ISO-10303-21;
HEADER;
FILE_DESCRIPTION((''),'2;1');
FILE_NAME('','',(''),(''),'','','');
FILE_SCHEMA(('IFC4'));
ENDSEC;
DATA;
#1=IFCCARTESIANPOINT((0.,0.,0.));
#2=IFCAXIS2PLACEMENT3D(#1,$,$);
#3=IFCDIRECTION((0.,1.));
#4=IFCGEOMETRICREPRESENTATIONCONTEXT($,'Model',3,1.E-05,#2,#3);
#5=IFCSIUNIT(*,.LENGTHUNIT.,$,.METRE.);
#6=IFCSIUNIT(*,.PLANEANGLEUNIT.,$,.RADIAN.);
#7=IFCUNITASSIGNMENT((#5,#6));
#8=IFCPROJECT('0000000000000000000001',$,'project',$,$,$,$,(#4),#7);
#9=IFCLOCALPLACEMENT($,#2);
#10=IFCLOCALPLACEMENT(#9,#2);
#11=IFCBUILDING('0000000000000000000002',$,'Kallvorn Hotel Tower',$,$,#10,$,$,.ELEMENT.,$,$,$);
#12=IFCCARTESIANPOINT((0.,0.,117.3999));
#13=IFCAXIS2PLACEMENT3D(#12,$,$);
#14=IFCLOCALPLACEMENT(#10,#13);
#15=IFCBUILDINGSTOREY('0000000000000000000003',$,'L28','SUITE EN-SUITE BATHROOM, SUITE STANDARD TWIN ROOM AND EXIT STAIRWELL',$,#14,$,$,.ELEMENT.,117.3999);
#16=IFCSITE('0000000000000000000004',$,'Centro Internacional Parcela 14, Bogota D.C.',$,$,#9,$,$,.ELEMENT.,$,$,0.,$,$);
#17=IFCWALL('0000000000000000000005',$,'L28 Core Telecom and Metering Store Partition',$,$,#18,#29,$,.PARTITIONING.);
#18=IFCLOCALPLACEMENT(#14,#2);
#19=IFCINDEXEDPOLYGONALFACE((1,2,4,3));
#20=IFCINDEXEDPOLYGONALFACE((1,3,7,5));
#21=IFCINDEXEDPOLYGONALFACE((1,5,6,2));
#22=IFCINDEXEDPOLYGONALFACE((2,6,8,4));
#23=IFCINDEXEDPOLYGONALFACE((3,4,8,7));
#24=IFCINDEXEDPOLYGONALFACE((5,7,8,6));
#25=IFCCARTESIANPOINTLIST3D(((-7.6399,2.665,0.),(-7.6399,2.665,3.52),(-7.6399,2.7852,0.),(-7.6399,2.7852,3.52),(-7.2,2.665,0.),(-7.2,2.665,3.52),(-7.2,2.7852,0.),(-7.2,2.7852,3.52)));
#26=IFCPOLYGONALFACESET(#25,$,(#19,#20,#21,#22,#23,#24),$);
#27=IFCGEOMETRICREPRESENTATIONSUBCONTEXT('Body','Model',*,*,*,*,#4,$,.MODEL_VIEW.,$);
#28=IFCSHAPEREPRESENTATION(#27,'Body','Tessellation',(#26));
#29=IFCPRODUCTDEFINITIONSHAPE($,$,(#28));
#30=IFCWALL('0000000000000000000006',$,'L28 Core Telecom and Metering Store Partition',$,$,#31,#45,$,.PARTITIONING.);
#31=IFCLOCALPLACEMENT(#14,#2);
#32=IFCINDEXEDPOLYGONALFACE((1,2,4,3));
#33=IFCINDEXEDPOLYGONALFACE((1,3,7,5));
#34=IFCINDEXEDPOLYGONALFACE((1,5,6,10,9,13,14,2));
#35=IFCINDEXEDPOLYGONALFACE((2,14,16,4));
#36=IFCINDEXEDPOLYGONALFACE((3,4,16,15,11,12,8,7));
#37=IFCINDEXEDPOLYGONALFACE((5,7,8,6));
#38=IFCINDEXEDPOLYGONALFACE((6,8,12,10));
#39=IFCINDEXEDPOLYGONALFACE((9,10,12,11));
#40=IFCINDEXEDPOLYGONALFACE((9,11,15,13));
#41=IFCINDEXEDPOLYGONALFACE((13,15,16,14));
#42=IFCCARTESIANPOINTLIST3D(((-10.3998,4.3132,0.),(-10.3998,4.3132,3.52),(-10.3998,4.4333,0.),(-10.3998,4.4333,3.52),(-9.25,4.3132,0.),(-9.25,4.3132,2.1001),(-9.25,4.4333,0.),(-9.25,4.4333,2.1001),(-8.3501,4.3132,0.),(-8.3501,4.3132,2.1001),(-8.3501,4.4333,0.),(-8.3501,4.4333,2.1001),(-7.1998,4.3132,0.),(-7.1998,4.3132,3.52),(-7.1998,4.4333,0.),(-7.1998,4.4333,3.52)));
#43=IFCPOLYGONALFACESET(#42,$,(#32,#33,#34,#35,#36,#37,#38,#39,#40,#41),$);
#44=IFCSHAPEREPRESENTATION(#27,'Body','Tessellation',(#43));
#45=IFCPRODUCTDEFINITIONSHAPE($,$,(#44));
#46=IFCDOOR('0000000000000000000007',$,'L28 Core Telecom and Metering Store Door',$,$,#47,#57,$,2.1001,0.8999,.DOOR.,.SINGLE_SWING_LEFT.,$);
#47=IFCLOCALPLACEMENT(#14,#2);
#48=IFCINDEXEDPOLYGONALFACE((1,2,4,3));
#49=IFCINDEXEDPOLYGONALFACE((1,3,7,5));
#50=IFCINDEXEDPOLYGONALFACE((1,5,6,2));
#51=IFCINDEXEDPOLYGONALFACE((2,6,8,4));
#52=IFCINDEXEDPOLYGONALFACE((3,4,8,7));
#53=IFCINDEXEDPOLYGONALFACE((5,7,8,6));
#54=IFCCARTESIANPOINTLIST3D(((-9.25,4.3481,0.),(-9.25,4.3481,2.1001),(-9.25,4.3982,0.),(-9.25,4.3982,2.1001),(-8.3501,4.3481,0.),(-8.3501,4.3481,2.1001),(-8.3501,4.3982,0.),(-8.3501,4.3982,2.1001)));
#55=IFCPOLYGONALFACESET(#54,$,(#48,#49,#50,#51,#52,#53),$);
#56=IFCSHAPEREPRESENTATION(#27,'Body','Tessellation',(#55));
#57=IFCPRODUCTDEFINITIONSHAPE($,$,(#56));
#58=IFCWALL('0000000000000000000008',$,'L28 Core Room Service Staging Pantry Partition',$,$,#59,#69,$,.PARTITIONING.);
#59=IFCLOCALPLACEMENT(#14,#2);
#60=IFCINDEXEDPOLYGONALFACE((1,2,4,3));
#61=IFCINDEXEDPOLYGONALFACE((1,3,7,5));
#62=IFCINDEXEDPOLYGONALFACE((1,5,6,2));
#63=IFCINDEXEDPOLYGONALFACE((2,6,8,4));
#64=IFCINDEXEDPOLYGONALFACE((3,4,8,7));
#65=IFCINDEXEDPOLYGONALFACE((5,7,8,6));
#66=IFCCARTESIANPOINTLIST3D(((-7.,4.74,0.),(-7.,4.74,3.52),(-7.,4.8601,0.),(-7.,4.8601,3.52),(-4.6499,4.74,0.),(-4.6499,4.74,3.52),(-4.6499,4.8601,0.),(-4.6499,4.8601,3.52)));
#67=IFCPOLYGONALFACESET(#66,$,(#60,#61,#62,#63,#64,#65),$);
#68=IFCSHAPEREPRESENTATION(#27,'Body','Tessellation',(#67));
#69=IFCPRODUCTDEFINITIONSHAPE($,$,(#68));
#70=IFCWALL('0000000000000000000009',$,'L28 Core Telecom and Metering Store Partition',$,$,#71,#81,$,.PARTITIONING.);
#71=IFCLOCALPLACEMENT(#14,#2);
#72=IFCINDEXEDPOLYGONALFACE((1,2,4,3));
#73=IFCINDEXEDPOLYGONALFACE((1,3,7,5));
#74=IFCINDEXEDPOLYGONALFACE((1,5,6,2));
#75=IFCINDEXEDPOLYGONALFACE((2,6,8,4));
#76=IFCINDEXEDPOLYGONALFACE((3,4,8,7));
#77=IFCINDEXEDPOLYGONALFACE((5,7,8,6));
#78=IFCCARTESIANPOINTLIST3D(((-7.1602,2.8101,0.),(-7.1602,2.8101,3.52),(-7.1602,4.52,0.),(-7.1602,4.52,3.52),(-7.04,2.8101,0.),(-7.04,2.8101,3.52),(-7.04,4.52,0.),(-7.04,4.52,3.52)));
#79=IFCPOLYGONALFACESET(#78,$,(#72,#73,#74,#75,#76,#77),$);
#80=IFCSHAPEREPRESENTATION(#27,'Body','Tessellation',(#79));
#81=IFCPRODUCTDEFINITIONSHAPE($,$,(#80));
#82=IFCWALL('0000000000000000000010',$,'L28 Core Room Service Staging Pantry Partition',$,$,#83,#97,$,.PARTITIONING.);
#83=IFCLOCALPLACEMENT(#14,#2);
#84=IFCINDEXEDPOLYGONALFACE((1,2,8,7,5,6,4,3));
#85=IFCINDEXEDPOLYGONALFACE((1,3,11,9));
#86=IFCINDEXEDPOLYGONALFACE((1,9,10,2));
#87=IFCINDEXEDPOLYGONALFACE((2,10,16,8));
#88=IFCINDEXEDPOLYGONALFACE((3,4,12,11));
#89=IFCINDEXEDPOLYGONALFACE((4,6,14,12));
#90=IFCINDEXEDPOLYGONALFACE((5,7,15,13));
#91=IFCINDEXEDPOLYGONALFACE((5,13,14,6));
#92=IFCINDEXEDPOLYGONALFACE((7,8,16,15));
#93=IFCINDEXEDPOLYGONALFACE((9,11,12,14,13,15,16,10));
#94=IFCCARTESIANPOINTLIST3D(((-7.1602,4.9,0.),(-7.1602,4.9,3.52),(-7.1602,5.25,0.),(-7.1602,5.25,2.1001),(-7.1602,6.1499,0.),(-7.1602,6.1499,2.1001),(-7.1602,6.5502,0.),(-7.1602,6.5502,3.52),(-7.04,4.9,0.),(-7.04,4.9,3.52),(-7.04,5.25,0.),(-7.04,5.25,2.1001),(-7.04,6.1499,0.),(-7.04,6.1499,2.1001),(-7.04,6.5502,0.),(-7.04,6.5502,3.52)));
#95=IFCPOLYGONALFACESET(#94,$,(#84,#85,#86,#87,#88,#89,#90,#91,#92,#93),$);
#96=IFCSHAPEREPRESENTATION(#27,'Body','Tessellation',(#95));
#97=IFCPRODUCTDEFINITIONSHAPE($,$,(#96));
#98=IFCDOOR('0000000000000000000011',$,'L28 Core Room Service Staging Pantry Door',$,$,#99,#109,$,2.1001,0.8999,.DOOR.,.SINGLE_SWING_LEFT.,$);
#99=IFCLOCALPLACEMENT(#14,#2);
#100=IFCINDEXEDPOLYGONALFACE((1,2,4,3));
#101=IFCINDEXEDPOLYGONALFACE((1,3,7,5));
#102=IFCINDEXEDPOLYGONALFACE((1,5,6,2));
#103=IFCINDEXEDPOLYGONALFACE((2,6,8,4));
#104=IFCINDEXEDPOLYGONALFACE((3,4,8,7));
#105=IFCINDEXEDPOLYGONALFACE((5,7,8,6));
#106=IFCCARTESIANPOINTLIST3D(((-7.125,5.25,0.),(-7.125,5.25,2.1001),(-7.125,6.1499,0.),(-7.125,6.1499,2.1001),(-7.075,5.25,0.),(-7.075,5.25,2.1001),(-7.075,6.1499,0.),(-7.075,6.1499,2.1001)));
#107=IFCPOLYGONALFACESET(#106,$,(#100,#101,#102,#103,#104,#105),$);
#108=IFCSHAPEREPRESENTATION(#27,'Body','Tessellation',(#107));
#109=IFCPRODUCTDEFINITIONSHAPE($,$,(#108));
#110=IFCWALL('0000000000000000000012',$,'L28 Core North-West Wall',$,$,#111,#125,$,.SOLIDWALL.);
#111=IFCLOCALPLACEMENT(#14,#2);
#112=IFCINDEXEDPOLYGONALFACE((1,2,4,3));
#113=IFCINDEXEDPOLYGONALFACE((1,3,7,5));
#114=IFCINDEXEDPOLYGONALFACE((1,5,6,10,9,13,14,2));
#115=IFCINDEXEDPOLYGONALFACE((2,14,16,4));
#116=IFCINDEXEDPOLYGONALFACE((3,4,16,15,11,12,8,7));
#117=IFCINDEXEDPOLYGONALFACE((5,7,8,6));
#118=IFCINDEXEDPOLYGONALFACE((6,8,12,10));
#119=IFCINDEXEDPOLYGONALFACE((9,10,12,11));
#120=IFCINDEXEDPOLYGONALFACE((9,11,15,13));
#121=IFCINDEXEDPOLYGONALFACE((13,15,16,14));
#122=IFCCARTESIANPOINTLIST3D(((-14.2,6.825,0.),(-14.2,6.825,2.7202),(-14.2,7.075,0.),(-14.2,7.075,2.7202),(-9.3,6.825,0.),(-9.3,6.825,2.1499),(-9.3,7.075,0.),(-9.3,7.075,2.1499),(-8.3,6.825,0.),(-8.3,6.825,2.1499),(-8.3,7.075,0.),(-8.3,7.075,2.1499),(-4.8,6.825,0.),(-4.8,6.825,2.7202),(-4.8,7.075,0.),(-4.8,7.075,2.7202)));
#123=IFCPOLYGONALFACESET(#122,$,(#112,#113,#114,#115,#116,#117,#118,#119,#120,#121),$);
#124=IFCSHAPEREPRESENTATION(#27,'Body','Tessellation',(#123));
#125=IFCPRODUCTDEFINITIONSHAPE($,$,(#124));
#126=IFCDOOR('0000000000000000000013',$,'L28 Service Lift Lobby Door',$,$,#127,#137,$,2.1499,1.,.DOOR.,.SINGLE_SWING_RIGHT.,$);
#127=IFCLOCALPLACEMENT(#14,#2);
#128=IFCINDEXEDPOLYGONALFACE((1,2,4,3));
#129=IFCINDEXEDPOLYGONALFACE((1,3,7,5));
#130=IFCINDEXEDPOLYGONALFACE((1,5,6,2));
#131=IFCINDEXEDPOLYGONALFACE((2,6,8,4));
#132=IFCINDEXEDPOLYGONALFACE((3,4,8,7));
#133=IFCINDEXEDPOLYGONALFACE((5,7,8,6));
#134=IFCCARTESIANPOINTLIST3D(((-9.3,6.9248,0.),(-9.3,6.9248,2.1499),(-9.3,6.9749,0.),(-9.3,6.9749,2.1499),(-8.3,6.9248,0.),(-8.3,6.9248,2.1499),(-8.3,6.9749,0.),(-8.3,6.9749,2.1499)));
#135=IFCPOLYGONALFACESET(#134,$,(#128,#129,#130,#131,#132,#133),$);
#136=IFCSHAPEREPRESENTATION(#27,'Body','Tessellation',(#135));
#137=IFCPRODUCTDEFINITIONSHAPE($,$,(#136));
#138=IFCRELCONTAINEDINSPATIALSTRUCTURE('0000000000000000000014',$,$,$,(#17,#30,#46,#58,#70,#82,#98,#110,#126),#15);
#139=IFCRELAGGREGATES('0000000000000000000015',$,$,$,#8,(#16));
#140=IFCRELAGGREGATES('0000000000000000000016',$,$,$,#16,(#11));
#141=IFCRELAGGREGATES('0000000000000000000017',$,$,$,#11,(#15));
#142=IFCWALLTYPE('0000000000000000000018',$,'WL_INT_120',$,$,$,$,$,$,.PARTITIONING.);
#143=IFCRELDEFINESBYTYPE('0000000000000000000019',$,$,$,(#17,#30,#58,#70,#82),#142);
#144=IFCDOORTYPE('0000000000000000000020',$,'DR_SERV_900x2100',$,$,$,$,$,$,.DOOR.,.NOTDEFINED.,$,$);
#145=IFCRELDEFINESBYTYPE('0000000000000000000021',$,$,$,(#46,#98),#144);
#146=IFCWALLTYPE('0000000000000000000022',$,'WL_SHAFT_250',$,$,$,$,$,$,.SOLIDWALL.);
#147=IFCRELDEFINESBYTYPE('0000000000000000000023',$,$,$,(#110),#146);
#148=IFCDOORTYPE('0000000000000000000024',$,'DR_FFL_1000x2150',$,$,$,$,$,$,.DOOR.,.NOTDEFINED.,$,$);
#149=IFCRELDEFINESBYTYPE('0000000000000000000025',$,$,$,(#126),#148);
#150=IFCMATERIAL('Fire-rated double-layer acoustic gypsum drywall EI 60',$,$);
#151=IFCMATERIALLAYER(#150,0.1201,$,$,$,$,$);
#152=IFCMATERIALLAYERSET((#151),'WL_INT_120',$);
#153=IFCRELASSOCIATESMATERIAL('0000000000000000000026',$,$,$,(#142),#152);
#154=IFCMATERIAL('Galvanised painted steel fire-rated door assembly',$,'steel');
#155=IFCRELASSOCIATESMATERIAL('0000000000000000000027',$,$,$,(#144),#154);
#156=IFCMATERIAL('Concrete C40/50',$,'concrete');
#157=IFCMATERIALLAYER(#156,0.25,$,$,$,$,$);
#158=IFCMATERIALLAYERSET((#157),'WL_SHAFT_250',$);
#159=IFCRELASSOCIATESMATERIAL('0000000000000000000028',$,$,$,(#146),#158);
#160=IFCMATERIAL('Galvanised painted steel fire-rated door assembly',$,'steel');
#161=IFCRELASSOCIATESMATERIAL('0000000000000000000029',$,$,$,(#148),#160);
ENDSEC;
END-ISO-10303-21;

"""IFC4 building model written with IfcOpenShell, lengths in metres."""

from ifc_helpers import new_model, si_unit, direction, frame, frame_2d, origin, place, context, subcontext, project, spatial, rectangle, extrude, material, layer, layer_set, type_object, element, fill, save


model = new_model("IFC4")

# Units and contexts
model_context = context("Model", 3, precision=1e-05, world=origin(), true_north=direction((0.0, 1.0)))
body_context = subcontext(model_context, "Body", "Model", "MODEL_VIEW")
ifc_project = project(units=[si_unit("LENGTHUNIT", "METRE"), si_unit("PLANEANGLEUNIT", "RADIAN")], contexts=[model_context])

# Site, building, storey
site_placement = place(None, origin())
site = spatial("IfcSite", under=ifc_project, at=site_placement, Name="Centro Internacional Parcela 14, Bogota D.C.", CompositionType="ELEMENT", RefElevation=0.0)
building_placement = place(site_placement, origin())
building = spatial("IfcBuilding", under=site, at=building_placement, Name="Kallvorn Hotel Tower", CompositionType="ELEMENT")
storey_placement = place(building_placement, frame((0.0, 0.0, 117.3999)))
storey = spatial("IfcBuildingStorey", under=building, at=storey_placement, Name="L28", Description="SUITE EN-SUITE BATHROOM, SUITE STANDARD TWIN ROOM AND EXIT STAIRWELL", CompositionType="ELEMENT", Elevation=117.3999)

# Wall
ifc_material_1 = material(Name="Fire-rated double-layer acoustic gypsum drywall EI 60")
ifc_layer_1 = layer(ifc_material_1, 0.1201)
ifc_layer_set_1 = layer_set([ifc_layer_1], Name="WL_INT_120")
wall_type_1 = type_object("IfcWallType", Name="WL_INT_120", PredefinedType="PARTITIONING", material=ifc_layer_set_1)
for number, where, z_axis, x_axis, name in (
    (1, (-7.6399, 2.7251, 0.0), (0.0, 0.0, 1.0), (1.0, 0.0, 0.0), "L28 Core Telecom and Metering Store Partition"),
):
    element("IfcWall", number, at=place(storey_placement, frame(where, z_axis=z_axis, x_axis=x_axis)), inside=storey, type_object=wall_type_1, Name=name, PredefinedType="PARTITIONING", context=body_context, shape_type="SweptSolid", body=[
        extrude(rectangle(XDim=0.4399, YDim=0.1201, at=frame_2d((0.22, 0.0))), origin(), (0.0, 0.0, 1.0), 3.52),
    ])

# Wall, opening, door
wall_1_placement = place(storey_placement, frame((-10.3999, 4.3733, 0.0), z_axis=(0.0, 0.0, 1.0), x_axis=(1.0, 0.0, 0.0)))
wall_1 = element("IfcWall", 2, at=wall_1_placement, inside=storey, type_object=wall_type_1, Name="L28 Core Telecom and Metering Store Partition", PredefinedType="PARTITIONING", context=body_context, shape_type="SweptSolid", body=[
    extrude(rectangle(XDim=3.2, YDim=0.1201, at=frame_2d((1.6001, 0.0))), origin(), (0.0, 0.0, 1.0), 3.52),
])
opening_1_placement = place(wall_1_placement, frame((1.1499, 0.0, 0.0)))
opening_1 = element("IfcOpeningElement", 3, at=opening_1_placement, cuts=wall_1, PredefinedType="OPENING", context=body_context, shape_type="SweptSolid", body=[
    extrude(rectangle(XDim=0.8999, YDim=2.1001, at=frame_2d((0.45, 1.05))), frame((0.0, 0.075, 0.0), z_axis=(0.0, -1.0, 0.0), x_axis=(1.0, 0.0, 0.0)), (0.0, 0.0, 1.0), 0.1501),
])
ifc_material_2 = material(Name="Galvanised painted steel fire-rated door assembly", Category="steel")
door_type_1 = type_object("IfcDoorType", Name="DR_SERV_900x2100", OperationType="NOTDEFINED", PredefinedType="DOOR", material=ifc_material_2)
door_1_placement = place(opening_1_placement, origin())
door_1 = element("IfcDoor", 4, at=door_1_placement, inside=storey, type_object=door_type_1, Name="L28 Core Telecom and Metering Store Door", OperationType="SINGLE_SWING_LEFT", OverallHeight=2.1001, OverallWidth=0.8999, PredefinedType="DOOR", context=body_context, shape_type="SweptSolid", body=[
    extrude(rectangle(XDim=0.8999, YDim=2.1001, at=frame_2d((0.45, 1.05))), frame((0.0, 0.0249, 0.0), z_axis=(0.0, -1.0, 0.0), x_axis=(1.0, 0.0, 0.0)), (0.0, 0.0, 1.0), 0.05),
])
fill(opening_1, door_1)

# Walls
wall_2_placement = place(storey_placement, frame((-7.0, 4.8, 0.0), z_axis=(0.0, 0.0, 1.0), x_axis=(1.0, 0.0, 0.0)))
element("IfcWall", 5, at=wall_2_placement, inside=storey, type_object=wall_type_1, Name="L28 Core Room Service Staging Pantry Partition", PredefinedType="PARTITIONING", context=body_context, shape_type="SweptSolid", body=[
    extrude(rectangle(XDim=2.3501, YDim=0.1201, at=frame_2d((1.175, 0.0))), origin(), (0.0, 0.0, 1.0), 3.52),
])
wall_3_placement = place(storey_placement, frame((-7.1001, 2.8101, 0.0), z_axis=(0.0, 0.0, 1.0), x_axis=(0.0, 1.0, 0.0)))
element("IfcWall", 6, at=wall_3_placement, inside=storey, type_object=wall_type_1, Name="L28 Core Telecom and Metering Store Partition", PredefinedType="PARTITIONING", context=body_context, shape_type="SweptSolid", body=[
    extrude(rectangle(XDim=1.71, YDim=0.1201, at=frame_2d((0.855, 0.0))), origin(), (0.0, 0.0, 1.0), 3.52),
])

# Walls, openings, doors
wall_4_placement = place(storey_placement, frame((-7.1001, 4.8999, 0.0), z_axis=(0.0, 0.0, 1.0), x_axis=(0.0, 1.0, 0.0)))
wall_4 = element("IfcWall", 7, at=wall_4_placement, inside=storey, type_object=wall_type_1, Name="L28 Core Room Service Staging Pantry Partition", PredefinedType="PARTITIONING", context=body_context, shape_type="SweptSolid", body=[
    extrude(rectangle(XDim=1.6501, YDim=0.1201, at=frame_2d((0.8252, 0.0))), origin(), (0.0, 0.0, 1.0), 3.52),
])
opening_2_placement = place(wall_4_placement, frame((0.3501, 0.0, 0.0)))
opening_2 = element("IfcOpeningElement", 8, at=opening_2_placement, cuts=wall_4, PredefinedType="OPENING", context=body_context, shape_type="SweptSolid", body=[
    extrude(rectangle(XDim=0.8999, YDim=2.1001, at=frame_2d((0.45, 1.05))), frame((0.0, 0.075, 0.0), z_axis=(0.0, -1.0, 0.0), x_axis=(1.0, 0.0, 0.0)), (0.0, 0.0, 1.0), 0.1501),
])
door_2_placement = place(opening_2_placement, origin())
door_2 = element("IfcDoor", 9, at=door_2_placement, inside=storey, type_object=door_type_1, Name="L28 Core Room Service Staging Pantry Door", OperationType="SINGLE_SWING_LEFT", OverallHeight=2.1001, OverallWidth=0.8999, PredefinedType="DOOR", context=body_context, shape_type="SweptSolid", body=[
    extrude(rectangle(XDim=0.8999, YDim=2.1001, at=frame_2d((0.45, 1.05))), frame((0.0, 0.0249, 0.0), z_axis=(0.0, -1.0, 0.0), x_axis=(1.0, 0.0, 0.0)), (0.0, 0.0, 1.0), 0.05),
])
fill(opening_2, door_2)
ifc_material_3 = material(Name="Concrete C40/50", Category="concrete")
ifc_layer_2 = layer(ifc_material_3, 0.25)
ifc_layer_set_2 = layer_set([ifc_layer_2], Name="WL_SHAFT_250")
wall_type_2 = type_object("IfcWallType", Name="WL_SHAFT_250", PredefinedType="SOLIDWALL", material=ifc_layer_set_2)
wall_5_placement = place(storey_placement, frame((-14.2, 6.95, 0.0), z_axis=(0.0, 0.0, 1.0), x_axis=(1.0, 0.0, 0.0)))
wall_5 = element("IfcWall", 10, at=wall_5_placement, inside=storey, type_object=wall_type_2, Name="L28 Core North-West Wall", PredefinedType="SOLIDWALL", context=body_context, shape_type="SweptSolid", body=[
    extrude(rectangle(XDim=9.3999, YDim=0.25, at=frame_2d((4.7, 0.0))), origin(), (0.0, 0.0, 1.0), 2.7202),
])
opening_3_placement = place(wall_5_placement, frame((4.8999, 0.0, 0.0)))
opening_3 = element("IfcOpeningElement", 11, at=opening_3_placement, cuts=wall_5, PredefinedType="OPENING", context=body_context, shape_type="SweptSolid", body=[
    extrude(rectangle(XDim=1.0, YDim=2.1499, at=frame_2d((0.5, 1.075))), frame((0.0, 0.1399, 0.0), z_axis=(0.0, -1.0, 0.0), x_axis=(1.0, 0.0, 0.0)), (0.0, 0.0, 1.0), 0.28),
])
ifc_material_4 = material(Name="Galvanised painted steel fire-rated door assembly", Category="steel")
door_type_2 = type_object("IfcDoorType", Name="DR_FFL_1000x2150", OperationType="NOTDEFINED", PredefinedType="DOOR", material=ifc_material_4)
door_3_placement = place(opening_3_placement, origin())
door_3 = element("IfcDoor", 12, at=door_3_placement, inside=storey, type_object=door_type_2, Name="L28 Service Lift Lobby Door", OperationType="SINGLE_SWING_RIGHT", OverallHeight=2.1499, OverallWidth=1.0, PredefinedType="DOOR", context=body_context, shape_type="SweptSolid", body=[
    extrude(rectangle(XDim=1.0, YDim=2.1499, at=frame_2d((0.5, 1.075))), frame((0.0, 0.0249, 0.0), z_axis=(0.0, -1.0, 0.0), x_axis=(1.0, 0.0, 0.0)), (0.0, 0.0, 1.0), 0.05),
])
fill(opening_3, door_3)

save(model, "model.ifc")
